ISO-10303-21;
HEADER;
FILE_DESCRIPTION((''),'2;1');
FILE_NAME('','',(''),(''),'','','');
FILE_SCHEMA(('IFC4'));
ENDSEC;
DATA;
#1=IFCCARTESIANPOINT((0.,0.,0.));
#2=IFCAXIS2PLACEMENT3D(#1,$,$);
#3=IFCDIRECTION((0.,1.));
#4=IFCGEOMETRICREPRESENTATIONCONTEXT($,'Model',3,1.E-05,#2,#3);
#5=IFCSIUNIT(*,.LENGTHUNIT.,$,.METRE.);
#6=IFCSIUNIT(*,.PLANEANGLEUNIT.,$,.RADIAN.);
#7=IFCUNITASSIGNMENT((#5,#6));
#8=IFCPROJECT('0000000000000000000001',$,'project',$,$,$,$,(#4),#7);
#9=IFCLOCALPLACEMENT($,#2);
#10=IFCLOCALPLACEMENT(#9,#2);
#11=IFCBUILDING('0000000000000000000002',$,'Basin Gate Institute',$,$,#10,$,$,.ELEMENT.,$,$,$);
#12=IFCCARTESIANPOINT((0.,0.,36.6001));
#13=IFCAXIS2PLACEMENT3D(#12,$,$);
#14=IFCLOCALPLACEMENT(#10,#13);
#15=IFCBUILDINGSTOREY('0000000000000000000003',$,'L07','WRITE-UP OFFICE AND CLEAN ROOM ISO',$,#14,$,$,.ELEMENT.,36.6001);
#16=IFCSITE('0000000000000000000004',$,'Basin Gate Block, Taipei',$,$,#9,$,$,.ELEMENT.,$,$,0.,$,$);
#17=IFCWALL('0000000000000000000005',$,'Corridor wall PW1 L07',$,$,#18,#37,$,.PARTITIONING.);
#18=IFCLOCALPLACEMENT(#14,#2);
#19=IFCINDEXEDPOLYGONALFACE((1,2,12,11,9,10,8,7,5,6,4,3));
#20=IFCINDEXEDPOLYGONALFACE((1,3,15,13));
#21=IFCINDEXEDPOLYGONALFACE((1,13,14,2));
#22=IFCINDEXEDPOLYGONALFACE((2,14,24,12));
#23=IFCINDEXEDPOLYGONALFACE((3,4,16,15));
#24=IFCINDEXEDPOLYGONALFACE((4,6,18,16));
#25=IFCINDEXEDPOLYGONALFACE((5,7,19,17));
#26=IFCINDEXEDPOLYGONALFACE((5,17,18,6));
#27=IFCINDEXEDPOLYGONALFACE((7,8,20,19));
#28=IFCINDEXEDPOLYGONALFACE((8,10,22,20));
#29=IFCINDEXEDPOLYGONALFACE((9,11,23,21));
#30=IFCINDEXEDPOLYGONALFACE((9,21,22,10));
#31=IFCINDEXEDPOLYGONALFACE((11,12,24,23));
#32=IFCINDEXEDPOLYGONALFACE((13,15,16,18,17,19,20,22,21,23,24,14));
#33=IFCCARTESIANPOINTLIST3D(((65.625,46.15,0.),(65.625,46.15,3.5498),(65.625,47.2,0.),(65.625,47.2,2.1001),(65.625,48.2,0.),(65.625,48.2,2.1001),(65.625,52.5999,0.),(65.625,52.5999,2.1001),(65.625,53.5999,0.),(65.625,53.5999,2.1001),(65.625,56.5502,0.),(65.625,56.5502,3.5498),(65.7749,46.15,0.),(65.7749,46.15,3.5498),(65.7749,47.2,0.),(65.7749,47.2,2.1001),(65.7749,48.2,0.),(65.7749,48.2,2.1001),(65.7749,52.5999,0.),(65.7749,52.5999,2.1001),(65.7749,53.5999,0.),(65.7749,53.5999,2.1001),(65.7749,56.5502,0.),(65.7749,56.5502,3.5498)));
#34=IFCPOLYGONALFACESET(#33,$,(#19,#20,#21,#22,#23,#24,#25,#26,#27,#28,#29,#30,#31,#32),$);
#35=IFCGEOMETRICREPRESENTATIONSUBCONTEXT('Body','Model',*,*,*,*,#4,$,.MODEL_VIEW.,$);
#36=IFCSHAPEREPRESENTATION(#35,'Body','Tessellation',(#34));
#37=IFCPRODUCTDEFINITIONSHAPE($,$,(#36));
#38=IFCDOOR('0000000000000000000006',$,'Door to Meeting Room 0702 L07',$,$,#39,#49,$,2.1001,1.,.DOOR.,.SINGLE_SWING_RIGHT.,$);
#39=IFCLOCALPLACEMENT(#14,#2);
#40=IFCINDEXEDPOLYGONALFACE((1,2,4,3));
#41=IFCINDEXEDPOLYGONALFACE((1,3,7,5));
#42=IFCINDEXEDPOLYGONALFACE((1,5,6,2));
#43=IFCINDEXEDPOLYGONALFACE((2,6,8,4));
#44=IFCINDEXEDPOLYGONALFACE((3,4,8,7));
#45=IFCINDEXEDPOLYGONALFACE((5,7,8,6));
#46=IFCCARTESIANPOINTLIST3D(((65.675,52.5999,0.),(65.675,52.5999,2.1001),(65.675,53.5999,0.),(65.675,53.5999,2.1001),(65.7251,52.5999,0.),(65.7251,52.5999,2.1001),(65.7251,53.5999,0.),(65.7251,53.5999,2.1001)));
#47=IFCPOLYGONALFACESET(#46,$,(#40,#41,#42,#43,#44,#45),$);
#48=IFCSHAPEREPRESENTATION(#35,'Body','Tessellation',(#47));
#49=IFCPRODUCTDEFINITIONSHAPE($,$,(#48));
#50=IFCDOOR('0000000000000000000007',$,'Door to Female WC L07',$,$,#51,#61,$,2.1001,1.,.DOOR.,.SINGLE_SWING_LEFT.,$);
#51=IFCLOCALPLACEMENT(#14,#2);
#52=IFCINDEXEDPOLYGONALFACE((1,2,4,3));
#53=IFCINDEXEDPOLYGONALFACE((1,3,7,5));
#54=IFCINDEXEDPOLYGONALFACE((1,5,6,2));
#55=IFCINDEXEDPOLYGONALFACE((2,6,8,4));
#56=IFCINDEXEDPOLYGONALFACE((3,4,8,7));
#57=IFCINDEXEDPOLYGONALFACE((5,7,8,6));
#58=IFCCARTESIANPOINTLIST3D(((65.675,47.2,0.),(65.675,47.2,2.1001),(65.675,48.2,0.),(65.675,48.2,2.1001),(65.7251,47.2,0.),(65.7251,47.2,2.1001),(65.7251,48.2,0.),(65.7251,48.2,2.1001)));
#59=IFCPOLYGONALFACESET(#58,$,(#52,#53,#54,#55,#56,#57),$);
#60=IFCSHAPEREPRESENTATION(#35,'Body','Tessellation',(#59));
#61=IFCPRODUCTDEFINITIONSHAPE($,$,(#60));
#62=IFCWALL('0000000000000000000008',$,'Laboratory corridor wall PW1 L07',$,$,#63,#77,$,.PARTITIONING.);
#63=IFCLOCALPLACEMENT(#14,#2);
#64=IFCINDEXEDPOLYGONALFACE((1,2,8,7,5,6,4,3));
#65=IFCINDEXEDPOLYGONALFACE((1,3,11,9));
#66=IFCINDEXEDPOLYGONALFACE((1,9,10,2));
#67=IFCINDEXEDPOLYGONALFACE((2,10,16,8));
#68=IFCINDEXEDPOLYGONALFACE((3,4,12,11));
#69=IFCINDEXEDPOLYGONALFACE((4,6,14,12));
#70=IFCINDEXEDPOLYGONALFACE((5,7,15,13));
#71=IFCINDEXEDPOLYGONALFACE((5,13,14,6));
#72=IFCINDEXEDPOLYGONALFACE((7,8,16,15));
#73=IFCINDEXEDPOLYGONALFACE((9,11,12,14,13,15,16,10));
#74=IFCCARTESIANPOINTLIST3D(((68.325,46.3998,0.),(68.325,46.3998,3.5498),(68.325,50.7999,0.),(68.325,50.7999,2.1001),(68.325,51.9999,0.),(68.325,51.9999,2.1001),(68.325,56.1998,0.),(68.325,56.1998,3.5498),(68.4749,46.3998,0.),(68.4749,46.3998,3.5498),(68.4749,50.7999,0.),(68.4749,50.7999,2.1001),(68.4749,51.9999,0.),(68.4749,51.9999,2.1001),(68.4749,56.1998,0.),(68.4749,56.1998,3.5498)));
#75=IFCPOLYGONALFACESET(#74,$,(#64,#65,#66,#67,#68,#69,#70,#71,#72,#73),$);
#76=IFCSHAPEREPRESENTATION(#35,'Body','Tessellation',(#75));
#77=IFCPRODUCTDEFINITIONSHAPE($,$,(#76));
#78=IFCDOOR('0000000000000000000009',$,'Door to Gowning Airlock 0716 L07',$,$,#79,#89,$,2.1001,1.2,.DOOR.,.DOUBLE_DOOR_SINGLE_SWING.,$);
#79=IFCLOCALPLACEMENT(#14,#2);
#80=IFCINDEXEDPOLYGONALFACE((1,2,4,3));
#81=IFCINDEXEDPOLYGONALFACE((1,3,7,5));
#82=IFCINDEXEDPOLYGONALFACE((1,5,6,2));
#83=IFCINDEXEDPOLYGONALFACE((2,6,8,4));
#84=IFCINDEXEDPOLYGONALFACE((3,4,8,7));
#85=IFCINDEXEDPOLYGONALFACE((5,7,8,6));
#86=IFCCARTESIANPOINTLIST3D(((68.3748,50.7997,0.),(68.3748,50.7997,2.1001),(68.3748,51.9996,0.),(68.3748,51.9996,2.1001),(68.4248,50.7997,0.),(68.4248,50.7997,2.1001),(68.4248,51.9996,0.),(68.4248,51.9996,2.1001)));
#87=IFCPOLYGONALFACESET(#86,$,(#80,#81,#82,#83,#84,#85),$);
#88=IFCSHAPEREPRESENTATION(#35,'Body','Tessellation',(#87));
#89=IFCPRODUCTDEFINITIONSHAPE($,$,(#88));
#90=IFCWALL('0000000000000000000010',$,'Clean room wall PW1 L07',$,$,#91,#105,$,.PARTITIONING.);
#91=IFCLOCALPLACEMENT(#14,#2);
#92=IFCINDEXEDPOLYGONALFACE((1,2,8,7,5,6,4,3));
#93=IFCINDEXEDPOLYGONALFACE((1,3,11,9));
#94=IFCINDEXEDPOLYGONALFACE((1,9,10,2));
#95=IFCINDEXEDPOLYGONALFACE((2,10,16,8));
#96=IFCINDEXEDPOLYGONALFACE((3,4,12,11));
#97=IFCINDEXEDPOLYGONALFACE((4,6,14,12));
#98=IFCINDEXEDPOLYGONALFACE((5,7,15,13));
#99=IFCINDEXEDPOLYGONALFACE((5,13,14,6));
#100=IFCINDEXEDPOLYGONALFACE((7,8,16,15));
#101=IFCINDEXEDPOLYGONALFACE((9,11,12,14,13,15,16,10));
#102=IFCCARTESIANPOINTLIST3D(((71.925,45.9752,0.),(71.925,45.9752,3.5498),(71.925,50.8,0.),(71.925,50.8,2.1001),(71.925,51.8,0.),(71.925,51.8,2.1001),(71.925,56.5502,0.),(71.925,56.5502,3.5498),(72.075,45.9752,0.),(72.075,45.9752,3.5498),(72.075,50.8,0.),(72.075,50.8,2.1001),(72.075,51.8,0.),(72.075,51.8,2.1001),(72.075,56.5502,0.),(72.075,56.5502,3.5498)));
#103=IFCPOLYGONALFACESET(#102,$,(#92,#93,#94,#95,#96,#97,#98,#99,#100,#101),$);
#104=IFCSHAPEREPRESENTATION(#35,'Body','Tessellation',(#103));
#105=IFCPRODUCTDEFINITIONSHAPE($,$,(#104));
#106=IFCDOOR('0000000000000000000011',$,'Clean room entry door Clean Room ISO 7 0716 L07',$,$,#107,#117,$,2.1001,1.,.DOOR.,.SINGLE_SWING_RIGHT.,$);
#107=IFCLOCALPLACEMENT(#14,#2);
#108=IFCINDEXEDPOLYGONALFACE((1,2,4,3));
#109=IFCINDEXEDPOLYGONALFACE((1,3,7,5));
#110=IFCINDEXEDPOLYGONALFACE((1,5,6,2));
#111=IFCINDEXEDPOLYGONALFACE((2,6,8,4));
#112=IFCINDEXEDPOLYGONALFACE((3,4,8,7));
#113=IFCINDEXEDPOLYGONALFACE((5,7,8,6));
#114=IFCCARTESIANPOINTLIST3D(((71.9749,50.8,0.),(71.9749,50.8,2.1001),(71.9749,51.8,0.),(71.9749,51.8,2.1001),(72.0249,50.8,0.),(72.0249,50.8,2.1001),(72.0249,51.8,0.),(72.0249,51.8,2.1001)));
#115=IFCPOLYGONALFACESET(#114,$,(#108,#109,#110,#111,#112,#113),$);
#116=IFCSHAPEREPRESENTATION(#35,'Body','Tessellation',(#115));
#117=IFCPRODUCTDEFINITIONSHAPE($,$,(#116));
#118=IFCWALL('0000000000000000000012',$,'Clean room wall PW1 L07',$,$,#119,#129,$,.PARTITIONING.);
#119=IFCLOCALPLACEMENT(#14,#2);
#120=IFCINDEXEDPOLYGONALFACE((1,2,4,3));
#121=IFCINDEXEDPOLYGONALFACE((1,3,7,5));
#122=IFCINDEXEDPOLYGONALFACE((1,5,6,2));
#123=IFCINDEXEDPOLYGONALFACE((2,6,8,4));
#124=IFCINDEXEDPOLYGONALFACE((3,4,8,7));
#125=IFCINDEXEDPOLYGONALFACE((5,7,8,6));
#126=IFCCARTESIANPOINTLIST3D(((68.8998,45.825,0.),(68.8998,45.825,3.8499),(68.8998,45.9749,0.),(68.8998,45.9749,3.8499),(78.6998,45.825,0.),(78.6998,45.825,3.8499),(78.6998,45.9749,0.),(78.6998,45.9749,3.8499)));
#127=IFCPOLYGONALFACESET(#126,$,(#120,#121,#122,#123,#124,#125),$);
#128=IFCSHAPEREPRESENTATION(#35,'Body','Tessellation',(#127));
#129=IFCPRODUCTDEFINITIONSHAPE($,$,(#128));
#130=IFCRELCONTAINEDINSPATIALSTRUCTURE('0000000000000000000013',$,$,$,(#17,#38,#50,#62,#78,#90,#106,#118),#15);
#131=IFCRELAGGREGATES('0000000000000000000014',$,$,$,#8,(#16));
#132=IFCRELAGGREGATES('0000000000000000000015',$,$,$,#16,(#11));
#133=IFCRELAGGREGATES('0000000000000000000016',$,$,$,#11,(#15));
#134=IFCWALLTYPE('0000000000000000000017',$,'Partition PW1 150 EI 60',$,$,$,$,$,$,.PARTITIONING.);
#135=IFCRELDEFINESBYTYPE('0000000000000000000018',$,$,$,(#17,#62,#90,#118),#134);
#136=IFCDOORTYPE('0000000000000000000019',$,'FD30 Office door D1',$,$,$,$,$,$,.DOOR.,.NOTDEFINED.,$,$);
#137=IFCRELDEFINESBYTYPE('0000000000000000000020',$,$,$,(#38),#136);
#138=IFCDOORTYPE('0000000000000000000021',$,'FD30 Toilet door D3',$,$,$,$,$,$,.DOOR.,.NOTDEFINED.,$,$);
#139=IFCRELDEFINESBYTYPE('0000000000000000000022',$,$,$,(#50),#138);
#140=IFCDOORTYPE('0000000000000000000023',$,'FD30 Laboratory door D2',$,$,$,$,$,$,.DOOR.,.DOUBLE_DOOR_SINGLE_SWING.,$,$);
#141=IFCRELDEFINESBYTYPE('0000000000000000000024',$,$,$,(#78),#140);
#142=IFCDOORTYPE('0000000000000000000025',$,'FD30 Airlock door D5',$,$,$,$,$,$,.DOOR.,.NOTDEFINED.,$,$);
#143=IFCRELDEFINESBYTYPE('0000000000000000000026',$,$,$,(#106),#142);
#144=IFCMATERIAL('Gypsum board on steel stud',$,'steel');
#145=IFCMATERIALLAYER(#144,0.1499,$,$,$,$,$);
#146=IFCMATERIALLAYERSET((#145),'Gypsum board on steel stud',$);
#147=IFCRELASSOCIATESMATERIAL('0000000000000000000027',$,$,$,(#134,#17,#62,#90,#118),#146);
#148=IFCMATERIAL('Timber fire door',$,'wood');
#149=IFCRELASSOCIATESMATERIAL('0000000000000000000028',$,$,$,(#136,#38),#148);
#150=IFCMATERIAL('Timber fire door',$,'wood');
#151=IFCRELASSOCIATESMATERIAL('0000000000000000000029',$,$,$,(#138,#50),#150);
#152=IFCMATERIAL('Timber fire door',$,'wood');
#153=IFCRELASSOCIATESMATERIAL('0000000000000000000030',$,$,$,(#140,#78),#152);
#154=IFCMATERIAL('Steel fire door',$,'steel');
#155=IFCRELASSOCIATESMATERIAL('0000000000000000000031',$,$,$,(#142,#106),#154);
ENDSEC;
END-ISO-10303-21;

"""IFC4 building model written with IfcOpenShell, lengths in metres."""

from ifc_helpers import new_model, si_unit, direction, frame, frame_2d, origin, place, context, subcontext, project, spatial, rectangle, extrude, material, layer, layer_set, type_object, element, fill, save


model = new_model("IFC4")

# Units and contexts
model_context = context("Model", 3, precision=1e-05, world=origin(), true_north=direction((0.0, 1.0)))
body_context = subcontext(model_context, "Body", "Model", "MODEL_VIEW")
ifc_project = project(units=[si_unit("LENGTHUNIT", "METRE"), si_unit("PLANEANGLEUNIT", "RADIAN")], contexts=[model_context])

# Site, building, storey
site_placement = place(None, origin())
site = spatial("IfcSite", under=ifc_project, at=site_placement, Name="Basin Gate Block, Taipei", CompositionType="ELEMENT", RefElevation=0.0)
building_placement = place(site_placement, origin())
building = spatial("IfcBuilding", under=site, at=building_placement, Name="Basin Gate Institute", CompositionType="ELEMENT")
storey_placement = place(building_placement, frame((0.0, 0.0, 36.6001)))
storey = spatial("IfcBuildingStorey", under=building, at=storey_placement, Name="L07", Description="WRITE-UP OFFICE AND CLEAN ROOM ISO", CompositionType="ELEMENT", Elevation=36.6001)

# Wall, openings, doors
ifc_material_1 = material(Name="Gypsum board on steel stud", Category="steel")
ifc_layer_1 = layer(ifc_material_1, 0.1499)
ifc_layer_set_1 = layer_set([ifc_layer_1], Name="Gypsum board on steel stud")
wall_type = type_object("IfcWallType", Name="Partition PW1 150 EI 60", PredefinedType="PARTITIONING", material=ifc_layer_set_1)
wall_1_placement = place(storey_placement, frame((65.7, 46.1499, 0.0), z_axis=(0.0, 0.0, 1.0), x_axis=(0.0, 1.0, 0.0)))
wall_1 = element("IfcWall", 1, at=wall_1_placement, inside=storey, type_object=wall_type, material=ifc_layer_set_1, Name="Corridor wall PW1 L07", PredefinedType="PARTITIONING", context=body_context, shape_type="SweptSolid", body=[
    extrude(rectangle(XDim=10.4001, YDim=0.1499, at=frame_2d((5.2002, 0.0))), origin(), (0.0, 0.0, 1.0), 3.5498),
])
opening_1_placement = place(wall_1_placement, frame((1.05, 0.0, 0.0)))
opening_1 = element("IfcOpeningElement", 2, at=opening_1_placement, cuts=wall_1, PredefinedType="OPENING", context=body_context, shape_type="SweptSolid", body=[
    extrude(rectangle(XDim=1.0, YDim=2.1001, at=frame_2d((0.5, 1.05))), frame((0.0, 0.085, 0.0), z_axis=(0.0, -1.0, 0.0), x_axis=(1.0, 0.0, 0.0)), (0.0, 0.0, 1.0), 0.1699),
])
opening_2_placement = place(wall_1_placement, frame((6.45, 0.0, 0.0)))
opening_2 = element("IfcOpeningElement", 3, at=opening_2_placement, cuts=wall_1, PredefinedType="OPENING", context=body_context, shape_type="SweptSolid", body=[
    extrude(rectangle(XDim=1.0, YDim=2.1001, at=frame_2d((0.5, 1.05))), frame((0.0, 0.085, 0.0), z_axis=(0.0, -1.0, 0.0), x_axis=(1.0, 0.0, 0.0)), (0.0, 0.0, 1.0), 0.1699),
])
ifc_material_2 = material(Name="Timber fire door", Category="wood")
door_type_1 = type_object("IfcDoorType", Name="FD30 Office door D1", OperationType="NOTDEFINED", PredefinedType="DOOR", material=ifc_material_2)
door_1_placement = place(opening_2_placement, origin())
door_1 = element("IfcDoor", 4, at=door_1_placement, inside=storey, type_object=door_type_1, material=ifc_material_2, Name="Door to Meeting Room 0702 L07", OperationType="SINGLE_SWING_RIGHT", OverallHeight=2.1001, OverallWidth=1.0, PredefinedType="DOOR", context=body_context, shape_type="SweptSolid", body=[
    extrude(rectangle(XDim=1.0, YDim=2.1001, at=frame_2d((0.5, 1.05))), frame((0.0, 0.0249, 0.0), z_axis=(0.0, -1.0, 0.0), x_axis=(1.0, 0.0, 0.0)), (0.0, 0.0, 1.0), 0.05),
])
fill(opening_2, door_1)
ifc_material_3 = material(Name="Timber fire door", Category="wood")
door_type_2 = type_object("IfcDoorType", Name="FD30 Toilet door D3", OperationType="NOTDEFINED", PredefinedType="DOOR", material=ifc_material_3)
door_2_placement = place(opening_1_placement, origin())
door_2 = element("IfcDoor", 5, at=door_2_placement, inside=storey, type_object=door_type_2, material=ifc_material_3, Name="Door to Female WC L07", OperationType="SINGLE_SWING_LEFT", OverallHeight=2.1001, OverallWidth=1.0, PredefinedType="DOOR", context=body_context, shape_type="SweptSolid", body=[
    extrude(rectangle(XDim=1.0, YDim=2.1001, at=frame_2d((0.5, 1.05))), frame((0.0, 0.0249, 0.0), z_axis=(0.0, -1.0, 0.0), x_axis=(1.0, 0.0, 0.0)), (0.0, 0.0, 1.0), 0.05),
])
fill(opening_1, door_2)

# Walls, openings, doors
wall_2_placement = place(storey_placement, frame((68.3999, 46.3999, 0.0), z_axis=(0.0, 0.0, 1.0), x_axis=(0.0, 1.0, 0.0)))
wall_2 = element("IfcWall", 6, at=wall_2_placement, inside=storey, type_object=wall_type, material=ifc_layer_set_1, Name="Laboratory corridor wall PW1 L07", PredefinedType="PARTITIONING", context=body_context, shape_type="SweptSolid", body=[
    extrude(rectangle(XDim=9.8, YDim=0.1499, at=frame_2d((4.8999, 0.0))), origin(), (0.0, 0.0, 1.0), 3.5498),
])
opening_3_placement = place(wall_2_placement, frame((4.3999, 0.0, 0.0)))
opening_3 = element("IfcOpeningElement", 7, at=opening_3_placement, cuts=wall_2, PredefinedType="OPENING", context=body_context, shape_type="SweptSolid", body=[
    extrude(rectangle(XDim=1.2, YDim=2.1001, at=frame_2d((0.6001, 1.05))), frame((0.0, 0.085, 0.0), z_axis=(0.0, -1.0, 0.0), x_axis=(1.0, 0.0, 0.0)), (0.0, 0.0, 1.0), 0.1699),
])
ifc_material_4 = material(Name="Timber fire door", Category="wood")
door_type_3 = type_object("IfcDoorType", Name="FD30 Laboratory door D2", OperationType="DOUBLE_DOOR_SINGLE_SWING", PredefinedType="DOOR", material=ifc_material_4)
door_3_placement = place(opening_3_placement, frame((1.2, 0.0, 0.0), z_axis=(0.0, 0.0, 1.0), x_axis=(-1.0, 0.0, 0.0)))
door_3 = element("IfcDoor", 8, at=door_3_placement, inside=storey, type_object=door_type_3, material=ifc_material_4, Name="Door to Gowning Airlock 0716 L07", OperationType="DOUBLE_DOOR_SINGLE_SWING", OverallHeight=2.1001, OverallWidth=1.2, PredefinedType="DOOR", context=body_context, shape_type="SweptSolid", body=[
    extrude(rectangle(XDim=1.2, YDim=2.1001, at=frame_2d((0.6001, 1.05))), frame((0.0, 0.0249, 0.0), z_axis=(0.0, -1.0, 0.0), x_axis=(1.0, 0.0, 0.0)), (0.0, 0.0, 1.0), 0.05),
])
fill(opening_3, door_3)
wall_3_placement = place(storey_placement, frame((72.0, 45.9751, 0.0), z_axis=(0.0, 0.0, 1.0), x_axis=(0.0, 1.0, 0.0)))
wall_3 = element("IfcWall", 9, at=wall_3_placement, inside=storey, type_object=wall_type, material=ifc_layer_set_1, Name="Clean room wall PW1 L07", PredefinedType="PARTITIONING", context=body_context, shape_type="SweptSolid", body=[
    extrude(rectangle(XDim=10.575, YDim=0.1499, at=frame_2d((5.2876, 0.0))), origin(), (0.0, 0.0, 1.0), 3.5498),
])
opening_4_placement = place(wall_3_placement, frame((4.825, 0.0, 0.0)))
opening_4 = element("IfcOpeningElement", 10, at=opening_4_placement, cuts=wall_3, PredefinedType="OPENING", context=body_context, shape_type="SweptSolid", body=[
    extrude(rectangle(XDim=1.0, YDim=2.1001, at=frame_2d((0.5, 1.05))), frame((0.0, 0.085, 0.0), z_axis=(0.0, -1.0, 0.0), x_axis=(1.0, 0.0, 0.0)), (0.0, 0.0, 1.0), 0.1699),
])
ifc_material_5 = material(Name="Steel fire door", Category="steel")
door_type_4 = type_object("IfcDoorType", Name="FD30 Airlock door D5", OperationType="NOTDEFINED", PredefinedType="DOOR", material=ifc_material_5)
door_4_placement = place(opening_4_placement, frame((1.0, 0.0, 0.0), z_axis=(0.0, 0.0, 1.0), x_axis=(-1.0, 0.0, 0.0)))
door_4 = element("IfcDoor", 11, at=door_4_placement, inside=storey, type_object=door_type_4, material=ifc_material_5, Name="Clean room entry door Clean Room ISO 7 0716 L07", OperationType="SINGLE_SWING_RIGHT", OverallHeight=2.1001, OverallWidth=1.0, PredefinedType="DOOR", context=body_context, shape_type="SweptSolid", body=[
    extrude(rectangle(XDim=1.0, YDim=2.1001, at=frame_2d((0.5, 1.05))), frame((0.0, 0.0249, 0.0), z_axis=(0.0, -1.0, 0.0), x_axis=(1.0, 0.0, 0.0)), (0.0, 0.0, 1.0), 0.05),
])
fill(opening_4, door_4)

# Wall
wall_4_placement = place(storey_placement, frame((68.8999, 45.8999, 0.0), z_axis=(0.0, 0.0, 1.0), x_axis=(1.0, 0.0, 0.0)))
element("IfcWall", 12, at=wall_4_placement, inside=storey, type_object=wall_type, material=ifc_layer_set_1, Name="Clean room wall PW1 L07", PredefinedType="PARTITIONING", context=body_context, shape_type="SweptSolid", body=[
    extrude(rectangle(XDim=9.8, YDim=0.1499, at=frame_2d((4.8999, 0.0))), origin(), (0.0, 0.0, 1.0), 3.8499),
])

save(model, "model.ifc")
